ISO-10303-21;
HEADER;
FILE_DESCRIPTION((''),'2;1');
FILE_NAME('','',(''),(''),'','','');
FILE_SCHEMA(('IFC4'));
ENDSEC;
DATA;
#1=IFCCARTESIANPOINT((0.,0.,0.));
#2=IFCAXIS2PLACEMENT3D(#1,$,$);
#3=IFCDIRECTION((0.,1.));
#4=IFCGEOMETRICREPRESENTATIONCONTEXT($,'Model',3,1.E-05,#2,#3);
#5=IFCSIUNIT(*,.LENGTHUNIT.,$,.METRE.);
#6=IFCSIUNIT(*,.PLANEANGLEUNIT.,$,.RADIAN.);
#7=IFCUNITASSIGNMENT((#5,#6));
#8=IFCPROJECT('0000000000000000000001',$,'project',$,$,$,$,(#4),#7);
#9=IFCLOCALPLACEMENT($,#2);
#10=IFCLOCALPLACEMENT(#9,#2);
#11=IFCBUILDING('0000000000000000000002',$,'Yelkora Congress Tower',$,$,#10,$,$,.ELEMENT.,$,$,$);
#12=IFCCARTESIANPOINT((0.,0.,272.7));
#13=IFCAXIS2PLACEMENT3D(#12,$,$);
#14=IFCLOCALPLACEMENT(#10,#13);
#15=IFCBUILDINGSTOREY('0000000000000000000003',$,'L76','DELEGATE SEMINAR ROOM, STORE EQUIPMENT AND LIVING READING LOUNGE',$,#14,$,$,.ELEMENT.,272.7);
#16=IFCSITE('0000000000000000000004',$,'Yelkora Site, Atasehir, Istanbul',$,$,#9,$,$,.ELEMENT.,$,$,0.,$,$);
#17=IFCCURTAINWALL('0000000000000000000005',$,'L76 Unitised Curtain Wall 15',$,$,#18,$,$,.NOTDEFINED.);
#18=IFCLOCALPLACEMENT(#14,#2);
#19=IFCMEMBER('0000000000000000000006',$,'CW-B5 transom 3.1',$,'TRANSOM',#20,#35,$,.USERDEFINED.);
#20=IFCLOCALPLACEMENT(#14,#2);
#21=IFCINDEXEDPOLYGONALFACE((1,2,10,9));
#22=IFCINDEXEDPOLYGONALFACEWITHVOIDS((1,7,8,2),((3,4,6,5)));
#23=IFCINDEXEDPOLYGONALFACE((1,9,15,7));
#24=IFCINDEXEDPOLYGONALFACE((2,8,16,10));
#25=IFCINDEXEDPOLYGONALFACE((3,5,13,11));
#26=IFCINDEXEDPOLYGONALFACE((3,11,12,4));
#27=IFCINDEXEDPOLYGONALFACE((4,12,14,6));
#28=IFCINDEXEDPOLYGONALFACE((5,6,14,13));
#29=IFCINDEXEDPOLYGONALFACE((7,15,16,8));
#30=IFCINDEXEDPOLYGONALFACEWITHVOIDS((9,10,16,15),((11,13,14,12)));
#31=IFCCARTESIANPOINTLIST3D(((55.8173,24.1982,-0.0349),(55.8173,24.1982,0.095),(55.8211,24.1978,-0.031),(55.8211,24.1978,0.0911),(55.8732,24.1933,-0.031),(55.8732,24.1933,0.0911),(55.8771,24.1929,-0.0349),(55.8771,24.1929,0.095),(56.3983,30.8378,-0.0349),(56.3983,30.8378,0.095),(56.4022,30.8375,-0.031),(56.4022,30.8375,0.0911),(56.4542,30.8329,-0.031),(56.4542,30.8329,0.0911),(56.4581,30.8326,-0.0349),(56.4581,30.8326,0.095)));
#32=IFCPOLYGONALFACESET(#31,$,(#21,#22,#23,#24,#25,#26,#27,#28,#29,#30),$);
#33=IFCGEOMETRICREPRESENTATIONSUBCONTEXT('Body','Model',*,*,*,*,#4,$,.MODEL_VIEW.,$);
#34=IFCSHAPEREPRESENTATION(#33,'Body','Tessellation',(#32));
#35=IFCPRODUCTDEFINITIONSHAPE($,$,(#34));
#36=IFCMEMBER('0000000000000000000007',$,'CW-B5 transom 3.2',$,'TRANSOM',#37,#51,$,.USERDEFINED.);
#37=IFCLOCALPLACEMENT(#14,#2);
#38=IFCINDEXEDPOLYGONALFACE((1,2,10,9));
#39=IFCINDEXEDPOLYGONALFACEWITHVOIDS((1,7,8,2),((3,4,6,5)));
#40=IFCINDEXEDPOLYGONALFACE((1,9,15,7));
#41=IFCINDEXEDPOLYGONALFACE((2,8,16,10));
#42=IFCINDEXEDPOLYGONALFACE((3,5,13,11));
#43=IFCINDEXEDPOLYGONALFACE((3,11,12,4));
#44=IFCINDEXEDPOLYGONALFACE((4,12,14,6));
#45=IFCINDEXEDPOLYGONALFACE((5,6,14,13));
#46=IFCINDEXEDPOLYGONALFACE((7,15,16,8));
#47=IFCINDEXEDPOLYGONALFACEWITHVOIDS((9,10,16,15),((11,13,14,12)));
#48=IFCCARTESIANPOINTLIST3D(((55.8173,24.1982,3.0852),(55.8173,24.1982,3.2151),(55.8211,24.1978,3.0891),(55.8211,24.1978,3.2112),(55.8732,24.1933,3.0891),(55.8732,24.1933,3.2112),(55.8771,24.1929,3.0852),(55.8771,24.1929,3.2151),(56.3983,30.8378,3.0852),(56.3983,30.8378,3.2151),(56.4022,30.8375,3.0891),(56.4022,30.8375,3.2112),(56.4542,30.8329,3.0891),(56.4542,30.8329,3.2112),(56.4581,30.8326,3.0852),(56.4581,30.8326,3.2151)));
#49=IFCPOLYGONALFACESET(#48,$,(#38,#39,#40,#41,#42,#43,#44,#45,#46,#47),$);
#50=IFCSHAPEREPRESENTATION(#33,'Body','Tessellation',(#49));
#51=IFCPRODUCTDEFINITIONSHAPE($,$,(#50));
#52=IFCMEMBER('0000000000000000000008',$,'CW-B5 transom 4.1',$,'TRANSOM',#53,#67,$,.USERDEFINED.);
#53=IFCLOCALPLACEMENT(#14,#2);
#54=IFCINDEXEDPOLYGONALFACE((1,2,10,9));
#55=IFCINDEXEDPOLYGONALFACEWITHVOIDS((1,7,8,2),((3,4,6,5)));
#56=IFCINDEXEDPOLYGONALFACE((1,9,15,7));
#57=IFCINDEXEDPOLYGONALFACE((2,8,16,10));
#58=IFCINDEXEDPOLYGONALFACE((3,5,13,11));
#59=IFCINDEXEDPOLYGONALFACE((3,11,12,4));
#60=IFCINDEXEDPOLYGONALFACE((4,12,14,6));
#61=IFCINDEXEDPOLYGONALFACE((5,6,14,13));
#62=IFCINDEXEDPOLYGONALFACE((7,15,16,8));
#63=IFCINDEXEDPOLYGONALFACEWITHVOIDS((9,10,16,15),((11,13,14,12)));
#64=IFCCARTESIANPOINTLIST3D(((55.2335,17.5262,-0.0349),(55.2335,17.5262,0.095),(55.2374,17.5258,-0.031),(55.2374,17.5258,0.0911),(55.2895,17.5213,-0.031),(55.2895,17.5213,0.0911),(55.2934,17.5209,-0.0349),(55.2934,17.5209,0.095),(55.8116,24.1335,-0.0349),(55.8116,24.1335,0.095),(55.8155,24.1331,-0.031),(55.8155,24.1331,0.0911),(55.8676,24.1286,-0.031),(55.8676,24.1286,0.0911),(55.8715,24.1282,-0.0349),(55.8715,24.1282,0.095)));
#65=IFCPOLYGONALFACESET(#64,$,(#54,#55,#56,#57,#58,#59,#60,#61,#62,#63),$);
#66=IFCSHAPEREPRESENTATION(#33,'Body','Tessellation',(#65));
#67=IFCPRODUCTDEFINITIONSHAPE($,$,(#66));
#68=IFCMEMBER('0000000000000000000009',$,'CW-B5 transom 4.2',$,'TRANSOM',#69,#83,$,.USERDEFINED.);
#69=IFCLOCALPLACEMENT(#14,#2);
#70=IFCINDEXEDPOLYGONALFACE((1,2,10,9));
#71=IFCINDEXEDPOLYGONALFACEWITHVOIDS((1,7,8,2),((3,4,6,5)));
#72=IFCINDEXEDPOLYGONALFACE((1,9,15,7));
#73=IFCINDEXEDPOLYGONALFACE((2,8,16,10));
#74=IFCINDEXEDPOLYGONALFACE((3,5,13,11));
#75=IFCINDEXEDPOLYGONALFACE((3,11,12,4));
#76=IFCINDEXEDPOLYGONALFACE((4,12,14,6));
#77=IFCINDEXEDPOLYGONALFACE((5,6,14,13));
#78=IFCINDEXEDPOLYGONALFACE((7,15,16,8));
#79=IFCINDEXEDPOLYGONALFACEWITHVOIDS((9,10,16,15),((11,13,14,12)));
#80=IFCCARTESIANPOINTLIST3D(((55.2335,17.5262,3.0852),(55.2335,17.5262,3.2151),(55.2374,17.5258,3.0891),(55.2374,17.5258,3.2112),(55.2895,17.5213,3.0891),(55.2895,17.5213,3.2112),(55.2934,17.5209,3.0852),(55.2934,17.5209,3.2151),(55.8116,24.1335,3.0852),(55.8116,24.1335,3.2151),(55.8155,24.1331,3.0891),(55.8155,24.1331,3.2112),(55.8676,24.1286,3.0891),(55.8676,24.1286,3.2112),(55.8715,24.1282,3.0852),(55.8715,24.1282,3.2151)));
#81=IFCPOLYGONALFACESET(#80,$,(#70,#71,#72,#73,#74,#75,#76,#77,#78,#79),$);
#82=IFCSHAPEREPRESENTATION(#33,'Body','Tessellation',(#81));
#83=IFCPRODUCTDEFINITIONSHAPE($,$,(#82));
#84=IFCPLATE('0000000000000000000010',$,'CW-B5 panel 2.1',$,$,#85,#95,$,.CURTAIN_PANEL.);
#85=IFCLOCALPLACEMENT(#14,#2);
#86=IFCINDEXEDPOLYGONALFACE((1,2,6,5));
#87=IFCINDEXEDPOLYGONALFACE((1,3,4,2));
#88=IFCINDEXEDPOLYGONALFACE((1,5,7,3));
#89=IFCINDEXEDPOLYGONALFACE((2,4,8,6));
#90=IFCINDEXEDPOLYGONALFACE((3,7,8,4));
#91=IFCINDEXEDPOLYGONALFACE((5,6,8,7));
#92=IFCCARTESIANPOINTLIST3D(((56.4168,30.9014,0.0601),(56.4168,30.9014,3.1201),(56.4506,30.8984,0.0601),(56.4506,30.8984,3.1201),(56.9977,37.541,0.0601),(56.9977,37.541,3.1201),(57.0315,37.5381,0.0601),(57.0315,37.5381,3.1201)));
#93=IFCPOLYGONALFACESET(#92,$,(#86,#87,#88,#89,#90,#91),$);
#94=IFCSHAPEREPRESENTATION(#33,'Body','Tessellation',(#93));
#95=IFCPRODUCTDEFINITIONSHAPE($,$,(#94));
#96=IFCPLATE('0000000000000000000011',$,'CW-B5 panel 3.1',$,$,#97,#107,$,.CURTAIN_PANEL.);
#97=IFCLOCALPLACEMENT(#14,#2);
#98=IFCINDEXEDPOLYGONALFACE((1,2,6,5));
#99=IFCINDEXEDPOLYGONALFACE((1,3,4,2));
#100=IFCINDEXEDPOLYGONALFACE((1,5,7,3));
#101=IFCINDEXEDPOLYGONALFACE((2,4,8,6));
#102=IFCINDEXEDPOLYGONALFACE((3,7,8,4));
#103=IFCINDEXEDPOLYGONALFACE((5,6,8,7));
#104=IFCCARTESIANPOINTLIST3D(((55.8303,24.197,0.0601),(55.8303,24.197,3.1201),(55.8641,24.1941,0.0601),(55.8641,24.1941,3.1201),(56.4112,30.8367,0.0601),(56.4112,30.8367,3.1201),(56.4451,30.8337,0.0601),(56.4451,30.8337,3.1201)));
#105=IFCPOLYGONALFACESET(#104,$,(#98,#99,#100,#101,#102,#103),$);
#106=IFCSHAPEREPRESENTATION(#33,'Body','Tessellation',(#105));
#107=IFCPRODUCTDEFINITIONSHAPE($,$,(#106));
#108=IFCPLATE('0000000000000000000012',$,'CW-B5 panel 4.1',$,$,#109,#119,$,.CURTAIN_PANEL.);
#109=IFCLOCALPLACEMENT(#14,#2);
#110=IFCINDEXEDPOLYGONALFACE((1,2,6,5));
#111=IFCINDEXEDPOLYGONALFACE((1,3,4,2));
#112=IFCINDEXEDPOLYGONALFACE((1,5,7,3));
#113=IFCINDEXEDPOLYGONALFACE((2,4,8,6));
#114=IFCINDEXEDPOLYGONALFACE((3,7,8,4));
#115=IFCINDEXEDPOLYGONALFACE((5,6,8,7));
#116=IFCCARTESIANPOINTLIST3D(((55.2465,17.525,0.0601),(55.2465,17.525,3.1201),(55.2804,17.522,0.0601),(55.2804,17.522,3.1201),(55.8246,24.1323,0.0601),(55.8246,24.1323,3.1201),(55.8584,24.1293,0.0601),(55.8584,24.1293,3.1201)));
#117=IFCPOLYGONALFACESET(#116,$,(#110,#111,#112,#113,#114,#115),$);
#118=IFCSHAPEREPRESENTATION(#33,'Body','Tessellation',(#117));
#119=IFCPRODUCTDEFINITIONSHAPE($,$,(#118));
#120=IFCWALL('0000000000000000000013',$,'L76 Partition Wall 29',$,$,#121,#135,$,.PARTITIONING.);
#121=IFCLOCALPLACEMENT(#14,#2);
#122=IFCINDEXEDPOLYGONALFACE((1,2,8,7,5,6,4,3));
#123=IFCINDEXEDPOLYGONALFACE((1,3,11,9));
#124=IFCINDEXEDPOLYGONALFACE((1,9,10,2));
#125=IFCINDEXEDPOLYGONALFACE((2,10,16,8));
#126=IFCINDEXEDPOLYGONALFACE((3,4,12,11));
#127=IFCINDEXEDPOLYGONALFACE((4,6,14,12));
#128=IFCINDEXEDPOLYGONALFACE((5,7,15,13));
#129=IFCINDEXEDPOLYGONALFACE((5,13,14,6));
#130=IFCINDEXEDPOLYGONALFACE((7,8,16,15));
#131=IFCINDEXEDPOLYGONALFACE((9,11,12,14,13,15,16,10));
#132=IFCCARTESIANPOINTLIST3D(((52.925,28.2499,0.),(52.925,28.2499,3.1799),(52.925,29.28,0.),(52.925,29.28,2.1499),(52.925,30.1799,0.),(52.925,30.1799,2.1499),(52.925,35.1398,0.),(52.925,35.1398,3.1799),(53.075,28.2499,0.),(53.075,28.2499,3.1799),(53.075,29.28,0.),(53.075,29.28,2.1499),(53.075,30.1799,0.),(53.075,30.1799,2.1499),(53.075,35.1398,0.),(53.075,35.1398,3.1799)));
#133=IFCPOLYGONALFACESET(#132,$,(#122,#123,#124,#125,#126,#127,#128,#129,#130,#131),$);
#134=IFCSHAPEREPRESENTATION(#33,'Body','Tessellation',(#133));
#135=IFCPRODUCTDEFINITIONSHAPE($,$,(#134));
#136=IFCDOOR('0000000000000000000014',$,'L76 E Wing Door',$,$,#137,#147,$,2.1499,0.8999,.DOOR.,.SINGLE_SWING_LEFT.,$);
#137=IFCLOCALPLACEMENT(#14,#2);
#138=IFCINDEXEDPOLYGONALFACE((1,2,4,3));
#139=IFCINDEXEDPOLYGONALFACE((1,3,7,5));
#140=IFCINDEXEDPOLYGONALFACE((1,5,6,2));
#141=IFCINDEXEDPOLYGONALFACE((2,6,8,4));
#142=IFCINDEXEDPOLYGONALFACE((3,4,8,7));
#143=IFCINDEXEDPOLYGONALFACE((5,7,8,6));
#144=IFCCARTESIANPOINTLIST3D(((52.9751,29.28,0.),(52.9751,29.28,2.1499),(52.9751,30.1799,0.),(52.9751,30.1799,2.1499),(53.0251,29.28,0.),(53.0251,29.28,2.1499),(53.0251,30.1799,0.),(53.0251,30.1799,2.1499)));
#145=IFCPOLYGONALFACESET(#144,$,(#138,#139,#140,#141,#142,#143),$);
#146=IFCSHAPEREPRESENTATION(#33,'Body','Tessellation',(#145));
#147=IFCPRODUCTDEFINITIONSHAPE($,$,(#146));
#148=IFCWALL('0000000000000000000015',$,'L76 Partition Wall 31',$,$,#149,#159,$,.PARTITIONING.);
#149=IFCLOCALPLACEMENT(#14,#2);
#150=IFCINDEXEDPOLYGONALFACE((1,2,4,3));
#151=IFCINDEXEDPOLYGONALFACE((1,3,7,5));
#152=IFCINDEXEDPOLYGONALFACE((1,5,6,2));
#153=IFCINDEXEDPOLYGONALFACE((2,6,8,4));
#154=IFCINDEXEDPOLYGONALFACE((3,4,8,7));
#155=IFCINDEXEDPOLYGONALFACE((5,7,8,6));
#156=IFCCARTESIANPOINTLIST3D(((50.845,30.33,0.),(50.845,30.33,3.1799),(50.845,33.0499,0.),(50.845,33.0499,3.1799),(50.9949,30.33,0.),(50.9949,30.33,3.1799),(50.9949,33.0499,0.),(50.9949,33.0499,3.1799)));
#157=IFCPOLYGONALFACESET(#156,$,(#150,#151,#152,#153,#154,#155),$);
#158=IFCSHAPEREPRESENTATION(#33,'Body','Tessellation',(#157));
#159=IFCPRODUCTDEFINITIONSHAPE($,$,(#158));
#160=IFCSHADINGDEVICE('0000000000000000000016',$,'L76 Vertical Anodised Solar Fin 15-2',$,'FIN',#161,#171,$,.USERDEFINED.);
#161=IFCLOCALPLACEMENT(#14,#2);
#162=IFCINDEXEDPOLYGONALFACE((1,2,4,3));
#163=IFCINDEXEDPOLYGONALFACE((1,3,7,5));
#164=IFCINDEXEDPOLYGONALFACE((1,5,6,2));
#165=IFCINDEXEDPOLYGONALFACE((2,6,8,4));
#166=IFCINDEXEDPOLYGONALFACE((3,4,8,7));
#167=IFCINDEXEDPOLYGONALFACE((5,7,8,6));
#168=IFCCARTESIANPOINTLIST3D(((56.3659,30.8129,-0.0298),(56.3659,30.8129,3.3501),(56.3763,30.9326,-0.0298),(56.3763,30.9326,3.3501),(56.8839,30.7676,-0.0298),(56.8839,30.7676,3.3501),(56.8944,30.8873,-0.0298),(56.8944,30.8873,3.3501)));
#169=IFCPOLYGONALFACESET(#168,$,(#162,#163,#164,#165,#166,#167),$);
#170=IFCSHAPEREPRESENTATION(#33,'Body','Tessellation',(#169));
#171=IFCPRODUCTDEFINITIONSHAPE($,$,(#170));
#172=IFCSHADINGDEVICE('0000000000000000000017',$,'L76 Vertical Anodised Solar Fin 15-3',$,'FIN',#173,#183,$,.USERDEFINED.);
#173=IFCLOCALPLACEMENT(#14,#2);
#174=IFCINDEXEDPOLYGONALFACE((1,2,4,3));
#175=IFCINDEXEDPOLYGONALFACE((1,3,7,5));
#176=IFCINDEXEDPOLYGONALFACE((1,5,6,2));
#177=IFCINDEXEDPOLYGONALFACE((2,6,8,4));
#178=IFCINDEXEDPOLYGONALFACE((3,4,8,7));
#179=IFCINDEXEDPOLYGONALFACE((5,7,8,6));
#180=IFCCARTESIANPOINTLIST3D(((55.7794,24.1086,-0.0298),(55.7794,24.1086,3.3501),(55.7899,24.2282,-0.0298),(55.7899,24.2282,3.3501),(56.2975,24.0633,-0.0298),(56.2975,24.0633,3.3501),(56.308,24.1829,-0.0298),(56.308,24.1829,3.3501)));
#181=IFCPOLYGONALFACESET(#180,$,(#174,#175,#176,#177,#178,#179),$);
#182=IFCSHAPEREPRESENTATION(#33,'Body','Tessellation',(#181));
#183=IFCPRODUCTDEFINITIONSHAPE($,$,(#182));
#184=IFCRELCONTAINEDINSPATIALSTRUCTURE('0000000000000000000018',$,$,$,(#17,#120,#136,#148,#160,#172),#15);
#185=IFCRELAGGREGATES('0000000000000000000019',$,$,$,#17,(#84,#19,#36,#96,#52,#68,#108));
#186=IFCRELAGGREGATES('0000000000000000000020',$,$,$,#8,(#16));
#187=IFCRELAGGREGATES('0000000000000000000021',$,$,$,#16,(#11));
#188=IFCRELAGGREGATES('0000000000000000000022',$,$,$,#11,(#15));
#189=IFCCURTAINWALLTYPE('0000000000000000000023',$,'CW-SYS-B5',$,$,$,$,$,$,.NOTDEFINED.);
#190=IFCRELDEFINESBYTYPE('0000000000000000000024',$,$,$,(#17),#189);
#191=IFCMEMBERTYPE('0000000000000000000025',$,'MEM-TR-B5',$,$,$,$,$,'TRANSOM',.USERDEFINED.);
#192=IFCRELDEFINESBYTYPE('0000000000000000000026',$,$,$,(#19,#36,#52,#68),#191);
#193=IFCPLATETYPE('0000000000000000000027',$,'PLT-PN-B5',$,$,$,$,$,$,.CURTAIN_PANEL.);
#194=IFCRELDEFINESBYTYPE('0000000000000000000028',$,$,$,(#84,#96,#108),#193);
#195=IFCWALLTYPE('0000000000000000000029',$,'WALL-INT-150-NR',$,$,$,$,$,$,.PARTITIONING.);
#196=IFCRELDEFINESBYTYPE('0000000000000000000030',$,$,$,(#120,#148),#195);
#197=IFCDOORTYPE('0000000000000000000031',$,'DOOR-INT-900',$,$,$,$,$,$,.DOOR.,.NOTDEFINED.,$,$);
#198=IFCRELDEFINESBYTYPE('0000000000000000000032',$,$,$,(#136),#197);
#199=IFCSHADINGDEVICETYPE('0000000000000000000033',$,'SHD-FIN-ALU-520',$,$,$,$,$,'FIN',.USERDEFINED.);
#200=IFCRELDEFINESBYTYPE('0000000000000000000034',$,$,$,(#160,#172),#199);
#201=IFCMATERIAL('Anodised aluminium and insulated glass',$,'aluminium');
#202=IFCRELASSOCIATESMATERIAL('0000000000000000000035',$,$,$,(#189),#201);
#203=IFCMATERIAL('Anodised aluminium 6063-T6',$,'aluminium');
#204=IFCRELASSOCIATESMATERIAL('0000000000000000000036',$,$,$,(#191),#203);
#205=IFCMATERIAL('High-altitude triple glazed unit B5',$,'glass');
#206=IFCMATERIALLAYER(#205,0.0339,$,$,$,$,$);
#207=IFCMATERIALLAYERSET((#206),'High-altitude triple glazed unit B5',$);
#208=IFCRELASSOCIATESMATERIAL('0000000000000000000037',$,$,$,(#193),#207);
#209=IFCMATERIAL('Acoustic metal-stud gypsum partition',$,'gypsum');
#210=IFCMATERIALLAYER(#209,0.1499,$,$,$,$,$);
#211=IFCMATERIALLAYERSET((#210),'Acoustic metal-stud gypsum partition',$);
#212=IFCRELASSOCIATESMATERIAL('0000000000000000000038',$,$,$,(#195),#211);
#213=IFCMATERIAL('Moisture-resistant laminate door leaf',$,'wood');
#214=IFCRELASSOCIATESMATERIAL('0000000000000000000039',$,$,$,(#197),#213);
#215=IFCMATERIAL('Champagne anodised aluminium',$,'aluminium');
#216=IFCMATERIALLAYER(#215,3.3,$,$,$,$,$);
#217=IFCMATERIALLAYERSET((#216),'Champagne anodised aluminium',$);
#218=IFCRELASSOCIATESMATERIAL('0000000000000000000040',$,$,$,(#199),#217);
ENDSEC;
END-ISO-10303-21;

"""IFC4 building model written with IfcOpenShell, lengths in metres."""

from ifc_helpers import new_model, si_unit, direction, frame, frame_2d, origin, origin_2d, place, context, subcontext, project, spatial, rectangle, hollow_rectangle, extrude, material, layer, layer_set, material_profile, profile_set, type_object, element, fill, aggregate, save


model = new_model("IFC4")

# Units and contexts
model_context = context("Model", 3, precision=1e-05, world=origin(), true_north=direction((0.0, 1.0)))
body_context = subcontext(model_context, "Body", "Model", "MODEL_VIEW")
ifc_project = project(units=[si_unit("LENGTHUNIT", "METRE"), si_unit("PLANEANGLEUNIT", "RADIAN")], contexts=[model_context])

# Site, building, storey
site_placement = place(None, origin())
site = spatial("IfcSite", under=ifc_project, at=site_placement, Name="Yelkora Site, Atasehir, Istanbul", CompositionType="ELEMENT", RefElevation=0.0)
building_placement = place(site_placement, origin())
building = spatial("IfcBuilding", under=site, at=building_placement, Name="Yelkora Congress Tower", CompositionType="ELEMENT")
storey_placement = place(building_placement, frame((0.0, 0.0, 272.7)))
storey = spatial("IfcBuildingStorey", under=building, at=storey_placement, Name="L76", Description="DELEGATE SEMINAR ROOM, STORE EQUIPMENT AND LIVING READING LOUNGE", CompositionType="ELEMENT", Elevation=272.7)

# Curtain wall, members, plates
ifc_material_1 = material(Name="Anodised aluminium and insulated glass", Category="aluminium")
curtain_wall_type = type_object("IfcCurtainWallType", Name="CW-SYS-B5", PredefinedType="NOTDEFINED", material=ifc_material_1)
curtain_wall_placement = place(storey_placement, origin())
curtain_wall = element("IfcCurtainWall", 1, at=curtain_wall_placement, inside=storey, type_object=curtain_wall_type, Name="L76 Unitised Curtain Wall 15", PredefinedType="NOTDEFINED")
ifc_material_2 = material(Name="Anodised aluminium 6063-T6", Category="aluminium")
ifc_material_profile_1 = material_profile(ifc_material_2, hollow_rectangle(XDim=0.0601, YDim=0.1299, WallThickness=0.0039, at=origin_2d()), Name="ALU 60x130x4")
ifc_profile_set_1 = profile_set([ifc_material_profile_1], Name="Anodised aluminium 6063-T6")
member_type_1 = type_object("IfcMemberType", Name="MEM-TR-B5", ElementType="TRANSOM", PredefinedType="USERDEFINED", material=ifc_profile_set_1)
member_1_placement = place(storey_placement, frame((56.4282, 30.8352, 0.03), z_axis=(-0.08718, -0.996193, 0.0), x_axis=(0.996193, -0.08718, 0.0)))
member_1 = element("IfcMember", 2, at=member_1_placement, type_object=member_type_1, Name="CW-B5 transom 3.1", ObjectType="TRANSOM", PredefinedType="USERDEFINED", context=body_context, shape_type="SweptSolid", body=[
    extrude(hollow_rectangle(XDim=0.0601, YDim=0.1299, WallThickness=0.0039, at=origin_2d()), origin(), (0.0, 0.0, 1.0), 6.665),
])
member_2_placement = place(storey_placement, frame((56.4282, 30.8352, 3.1501), z_axis=(-0.08718, -0.996193, 0.0), x_axis=(0.996193, -0.08718, 0.0)))
member_2 = element("IfcMember", 3, at=member_2_placement, type_object=member_type_1, Name="CW-B5 transom 3.2", ObjectType="TRANSOM", PredefinedType="USERDEFINED", context=body_context, shape_type="SweptSolid", body=[
    extrude(hollow_rectangle(XDim=0.0601, YDim=0.1299, WallThickness=0.0039, at=origin_2d()), origin(), (0.0, 0.0, 1.0), 6.665),
])
member_3_placement = place(storey_placement, frame((55.8416, 24.1309, 0.03), z_axis=(-0.087163, -0.996194, 0.0), x_axis=(0.996194, -0.087163, 0.0)))
member_3 = element("IfcMember", 4, at=member_3_placement, type_object=member_type_1, Name="CW-B5 transom 4.1", ObjectType="TRANSOM", PredefinedType="USERDEFINED", context=body_context, shape_type="SweptSolid", body=[
    extrude(hollow_rectangle(XDim=0.0601, YDim=0.1299, WallThickness=0.0039, at=origin_2d()), origin(), (0.0, 0.0, 1.0), 6.6326),
])
member_4_placement = place(storey_placement, frame((55.8416, 24.1309, 3.1501), z_axis=(-0.087163, -0.996194, 0.0), x_axis=(0.996194, -0.087163, 0.0)))
member_4 = element("IfcMember", 5, at=member_4_placement, type_object=member_type_1, Name="CW-B5 transom 4.2", ObjectType="TRANSOM", PredefinedType="USERDEFINED", context=body_context, shape_type="SweptSolid", body=[
    extrude(hollow_rectangle(XDim=0.0601, YDim=0.1299, WallThickness=0.0039, at=origin_2d()), origin(), (0.0, 0.0, 1.0), 6.6326),
])
ifc_material_3 = material(Name="High-altitude triple glazed unit B5", Category="glass")
ifc_layer_1 = layer(ifc_material_3, 0.0339)
ifc_layer_set_1 = layer_set([ifc_layer_1], Name="High-altitude triple glazed unit B5")
plate_type = type_object("IfcPlateType", Name="PLT-PN-B5", PredefinedType="CURTAIN_PANEL", material=ifc_layer_set_1)
plate_1_placement = place(storey_placement, frame((56.7241, 34.2197, 0.0601), z_axis=(0.0, 0.0, 1.0), x_axis=(-0.087158, -0.996194, 0.0)))
plate_1 = element("IfcPlate", 6, at=plate_1_placement, type_object=plate_type, Name="CW-B5 panel 2.1", PredefinedType="CURTAIN_PANEL", context=body_context, shape_type="SweptSolid", body=[
    extrude(rectangle(XDim=6.665, YDim=0.0339, at=origin_2d()), origin(), (0.0, 0.0, 1.0), 3.0601),
])
plate_2_placement = place(storey_placement, frame((56.1377, 27.5154, 0.0601), z_axis=(0.0, 0.0, 1.0), x_axis=(-0.087158, -0.996194, 0.0)))
plate_2 = element("IfcPlate", 7, at=plate_2_placement, type_object=plate_type, Name="CW-B5 panel 3.1", PredefinedType="CURTAIN_PANEL", context=body_context, shape_type="SweptSolid", body=[
    extrude(rectangle(XDim=6.665, YDim=0.0339, at=origin_2d()), origin(), (0.0, 0.0, 1.0), 3.0601),
])
plate_3_placement = place(storey_placement, frame((55.5525, 20.8271, 0.0601), z_axis=(0.0, 0.0, 1.0), x_axis=(-0.087158, -0.996194, 0.0)))
plate_3 = element("IfcPlate", 8, at=plate_3_placement, type_object=plate_type, Name="CW-B5 panel 4.1", PredefinedType="CURTAIN_PANEL", context=body_context, shape_type="SweptSolid", body=[
    extrude(rectangle(XDim=6.6326, YDim=0.0339, at=origin_2d()), origin(), (0.0, 0.0, 1.0), 3.0601),
])
aggregate(curtain_wall, [plate_1, member_1, member_2, plate_2, member_3, member_4, plate_3])

# Wall, opening, door
ifc_material_4 = material(Name="Acoustic metal-stud gypsum partition", Category="gypsum")
ifc_layer_2 = layer(ifc_material_4, 0.1499)
ifc_layer_set_2 = layer_set([ifc_layer_2], Name="Acoustic metal-stud gypsum partition")
wall_type = type_object("IfcWallType", Name="WALL-INT-150-NR", PredefinedType="PARTITIONING", material=ifc_layer_set_2)
wall_1_placement = place(storey_placement, frame((53.0, 28.25, 0.0), z_axis=(0.0, 0.0, 1.0), x_axis=(0.0, 1.0, 0.0)))
wall_1 = element("IfcWall", 9, at=wall_1_placement, inside=storey, type_object=wall_type, Name="L76 Partition Wall 29", PredefinedType="PARTITIONING", context=body_context, shape_type="SweptSolid", body=[
    extrude(rectangle(XDim=6.8899, YDim=0.1499, at=frame_2d((3.4448, 0.0))), origin(), (0.0, 0.0, 1.0), 3.1799),
])
opening_placement = place(wall_1_placement, frame((1.03, 0.0, 0.0)))
opening = element("IfcOpeningElement", 10, at=opening_placement, cuts=wall_1, PredefinedType="OPENING", context=body_context, shape_type="SweptSolid", body=[
    extrude(rectangle(XDim=0.8999, YDim=2.1499, at=frame_2d((0.45, 1.075))), frame((0.0, 0.085, 0.0), z_axis=(0.0, -1.0, 0.0), x_axis=(1.0, 0.0, 0.0)), (0.0, 0.0, 1.0), 0.1699),
])
ifc_material_5 = material(Name="Moisture-resistant laminate door leaf", Category="wood")
door_type = type_object("IfcDoorType", Name="DOOR-INT-900", OperationType="NOTDEFINED", PredefinedType="DOOR", material=ifc_material_5)
door_placement = place(opening_placement, origin())
door = element("IfcDoor", 11, at=door_placement, inside=storey, type_object=door_type, Name="L76 E Wing Door", OperationType="SINGLE_SWING_LEFT", OverallHeight=2.1499, OverallWidth=0.8999, PredefinedType="DOOR", context=body_context, shape_type="SweptSolid", body=[
    extrude(rectangle(XDim=0.8999, YDim=2.1499, at=frame_2d((0.45, 1.075))), frame((0.0, 0.0249, 0.0), z_axis=(0.0, -1.0, 0.0), x_axis=(1.0, 0.0, 0.0)), (0.0, 0.0, 1.0), 0.05),
])
fill(opening, door)

# Wall
wall_2_placement = place(storey_placement, frame((50.9199, 30.3301, 0.0), z_axis=(0.0, 0.0, 1.0), x_axis=(0.0, 1.0, 0.0)))
element("IfcWall", 12, at=wall_2_placement, inside=storey, type_object=wall_type, Name="L76 Partition Wall 31", PredefinedType="PARTITIONING", context=body_context, shape_type="SweptSolid", body=[
    extrude(rectangle(XDim=2.72, YDim=0.1499, at=frame_2d((1.3599, 0.0))), origin(), (0.0, 0.0, 1.0), 3.1799),
])

# Shading devices
ifc_material_6 = material(Name="Champagne anodised aluminium", Category="aluminium")
ifc_layer_3 = layer(ifc_material_6, 3.3)
ifc_layer_set_3 = layer_set([ifc_layer_3], Name="Champagne anodised aluminium")
shading_device_type = type_object("IfcShadingDeviceType", Name="SHD-FIN-ALU-520", ElementType="FIN", PredefinedType="USERDEFINED", material=ifc_layer_set_3)
for number, where, z_axis, x_axis, name in (
    (13, (56.6301, 30.8501, -0.0298), (0.0, 0.0, 1.0), (-0.087156, -0.996195, 0.0), "L76 Vertical Anodised Solar Fin 15-2"),
    (14, (56.0437, 24.1458, -0.0298), (0.0, 0.0, 1.0), (-0.087156, -0.996195, 0.0), "L76 Vertical Anodised Solar Fin 15-3"),
):
    element("IfcShadingDevice", number, at=place(storey_placement, frame(where, z_axis=z_axis, x_axis=x_axis)), inside=storey, type_object=shading_device_type, Name=name, ObjectType="FIN", PredefinedType="USERDEFINED", context=body_context, shape_type="SweptSolid", body=[
        extrude(rectangle(XDim=0.1201, YDim=0.52, at=origin_2d()), origin(), (0.0, 0.0, 1.0), 3.3799),
    ])

save(model, "model.ifc")
